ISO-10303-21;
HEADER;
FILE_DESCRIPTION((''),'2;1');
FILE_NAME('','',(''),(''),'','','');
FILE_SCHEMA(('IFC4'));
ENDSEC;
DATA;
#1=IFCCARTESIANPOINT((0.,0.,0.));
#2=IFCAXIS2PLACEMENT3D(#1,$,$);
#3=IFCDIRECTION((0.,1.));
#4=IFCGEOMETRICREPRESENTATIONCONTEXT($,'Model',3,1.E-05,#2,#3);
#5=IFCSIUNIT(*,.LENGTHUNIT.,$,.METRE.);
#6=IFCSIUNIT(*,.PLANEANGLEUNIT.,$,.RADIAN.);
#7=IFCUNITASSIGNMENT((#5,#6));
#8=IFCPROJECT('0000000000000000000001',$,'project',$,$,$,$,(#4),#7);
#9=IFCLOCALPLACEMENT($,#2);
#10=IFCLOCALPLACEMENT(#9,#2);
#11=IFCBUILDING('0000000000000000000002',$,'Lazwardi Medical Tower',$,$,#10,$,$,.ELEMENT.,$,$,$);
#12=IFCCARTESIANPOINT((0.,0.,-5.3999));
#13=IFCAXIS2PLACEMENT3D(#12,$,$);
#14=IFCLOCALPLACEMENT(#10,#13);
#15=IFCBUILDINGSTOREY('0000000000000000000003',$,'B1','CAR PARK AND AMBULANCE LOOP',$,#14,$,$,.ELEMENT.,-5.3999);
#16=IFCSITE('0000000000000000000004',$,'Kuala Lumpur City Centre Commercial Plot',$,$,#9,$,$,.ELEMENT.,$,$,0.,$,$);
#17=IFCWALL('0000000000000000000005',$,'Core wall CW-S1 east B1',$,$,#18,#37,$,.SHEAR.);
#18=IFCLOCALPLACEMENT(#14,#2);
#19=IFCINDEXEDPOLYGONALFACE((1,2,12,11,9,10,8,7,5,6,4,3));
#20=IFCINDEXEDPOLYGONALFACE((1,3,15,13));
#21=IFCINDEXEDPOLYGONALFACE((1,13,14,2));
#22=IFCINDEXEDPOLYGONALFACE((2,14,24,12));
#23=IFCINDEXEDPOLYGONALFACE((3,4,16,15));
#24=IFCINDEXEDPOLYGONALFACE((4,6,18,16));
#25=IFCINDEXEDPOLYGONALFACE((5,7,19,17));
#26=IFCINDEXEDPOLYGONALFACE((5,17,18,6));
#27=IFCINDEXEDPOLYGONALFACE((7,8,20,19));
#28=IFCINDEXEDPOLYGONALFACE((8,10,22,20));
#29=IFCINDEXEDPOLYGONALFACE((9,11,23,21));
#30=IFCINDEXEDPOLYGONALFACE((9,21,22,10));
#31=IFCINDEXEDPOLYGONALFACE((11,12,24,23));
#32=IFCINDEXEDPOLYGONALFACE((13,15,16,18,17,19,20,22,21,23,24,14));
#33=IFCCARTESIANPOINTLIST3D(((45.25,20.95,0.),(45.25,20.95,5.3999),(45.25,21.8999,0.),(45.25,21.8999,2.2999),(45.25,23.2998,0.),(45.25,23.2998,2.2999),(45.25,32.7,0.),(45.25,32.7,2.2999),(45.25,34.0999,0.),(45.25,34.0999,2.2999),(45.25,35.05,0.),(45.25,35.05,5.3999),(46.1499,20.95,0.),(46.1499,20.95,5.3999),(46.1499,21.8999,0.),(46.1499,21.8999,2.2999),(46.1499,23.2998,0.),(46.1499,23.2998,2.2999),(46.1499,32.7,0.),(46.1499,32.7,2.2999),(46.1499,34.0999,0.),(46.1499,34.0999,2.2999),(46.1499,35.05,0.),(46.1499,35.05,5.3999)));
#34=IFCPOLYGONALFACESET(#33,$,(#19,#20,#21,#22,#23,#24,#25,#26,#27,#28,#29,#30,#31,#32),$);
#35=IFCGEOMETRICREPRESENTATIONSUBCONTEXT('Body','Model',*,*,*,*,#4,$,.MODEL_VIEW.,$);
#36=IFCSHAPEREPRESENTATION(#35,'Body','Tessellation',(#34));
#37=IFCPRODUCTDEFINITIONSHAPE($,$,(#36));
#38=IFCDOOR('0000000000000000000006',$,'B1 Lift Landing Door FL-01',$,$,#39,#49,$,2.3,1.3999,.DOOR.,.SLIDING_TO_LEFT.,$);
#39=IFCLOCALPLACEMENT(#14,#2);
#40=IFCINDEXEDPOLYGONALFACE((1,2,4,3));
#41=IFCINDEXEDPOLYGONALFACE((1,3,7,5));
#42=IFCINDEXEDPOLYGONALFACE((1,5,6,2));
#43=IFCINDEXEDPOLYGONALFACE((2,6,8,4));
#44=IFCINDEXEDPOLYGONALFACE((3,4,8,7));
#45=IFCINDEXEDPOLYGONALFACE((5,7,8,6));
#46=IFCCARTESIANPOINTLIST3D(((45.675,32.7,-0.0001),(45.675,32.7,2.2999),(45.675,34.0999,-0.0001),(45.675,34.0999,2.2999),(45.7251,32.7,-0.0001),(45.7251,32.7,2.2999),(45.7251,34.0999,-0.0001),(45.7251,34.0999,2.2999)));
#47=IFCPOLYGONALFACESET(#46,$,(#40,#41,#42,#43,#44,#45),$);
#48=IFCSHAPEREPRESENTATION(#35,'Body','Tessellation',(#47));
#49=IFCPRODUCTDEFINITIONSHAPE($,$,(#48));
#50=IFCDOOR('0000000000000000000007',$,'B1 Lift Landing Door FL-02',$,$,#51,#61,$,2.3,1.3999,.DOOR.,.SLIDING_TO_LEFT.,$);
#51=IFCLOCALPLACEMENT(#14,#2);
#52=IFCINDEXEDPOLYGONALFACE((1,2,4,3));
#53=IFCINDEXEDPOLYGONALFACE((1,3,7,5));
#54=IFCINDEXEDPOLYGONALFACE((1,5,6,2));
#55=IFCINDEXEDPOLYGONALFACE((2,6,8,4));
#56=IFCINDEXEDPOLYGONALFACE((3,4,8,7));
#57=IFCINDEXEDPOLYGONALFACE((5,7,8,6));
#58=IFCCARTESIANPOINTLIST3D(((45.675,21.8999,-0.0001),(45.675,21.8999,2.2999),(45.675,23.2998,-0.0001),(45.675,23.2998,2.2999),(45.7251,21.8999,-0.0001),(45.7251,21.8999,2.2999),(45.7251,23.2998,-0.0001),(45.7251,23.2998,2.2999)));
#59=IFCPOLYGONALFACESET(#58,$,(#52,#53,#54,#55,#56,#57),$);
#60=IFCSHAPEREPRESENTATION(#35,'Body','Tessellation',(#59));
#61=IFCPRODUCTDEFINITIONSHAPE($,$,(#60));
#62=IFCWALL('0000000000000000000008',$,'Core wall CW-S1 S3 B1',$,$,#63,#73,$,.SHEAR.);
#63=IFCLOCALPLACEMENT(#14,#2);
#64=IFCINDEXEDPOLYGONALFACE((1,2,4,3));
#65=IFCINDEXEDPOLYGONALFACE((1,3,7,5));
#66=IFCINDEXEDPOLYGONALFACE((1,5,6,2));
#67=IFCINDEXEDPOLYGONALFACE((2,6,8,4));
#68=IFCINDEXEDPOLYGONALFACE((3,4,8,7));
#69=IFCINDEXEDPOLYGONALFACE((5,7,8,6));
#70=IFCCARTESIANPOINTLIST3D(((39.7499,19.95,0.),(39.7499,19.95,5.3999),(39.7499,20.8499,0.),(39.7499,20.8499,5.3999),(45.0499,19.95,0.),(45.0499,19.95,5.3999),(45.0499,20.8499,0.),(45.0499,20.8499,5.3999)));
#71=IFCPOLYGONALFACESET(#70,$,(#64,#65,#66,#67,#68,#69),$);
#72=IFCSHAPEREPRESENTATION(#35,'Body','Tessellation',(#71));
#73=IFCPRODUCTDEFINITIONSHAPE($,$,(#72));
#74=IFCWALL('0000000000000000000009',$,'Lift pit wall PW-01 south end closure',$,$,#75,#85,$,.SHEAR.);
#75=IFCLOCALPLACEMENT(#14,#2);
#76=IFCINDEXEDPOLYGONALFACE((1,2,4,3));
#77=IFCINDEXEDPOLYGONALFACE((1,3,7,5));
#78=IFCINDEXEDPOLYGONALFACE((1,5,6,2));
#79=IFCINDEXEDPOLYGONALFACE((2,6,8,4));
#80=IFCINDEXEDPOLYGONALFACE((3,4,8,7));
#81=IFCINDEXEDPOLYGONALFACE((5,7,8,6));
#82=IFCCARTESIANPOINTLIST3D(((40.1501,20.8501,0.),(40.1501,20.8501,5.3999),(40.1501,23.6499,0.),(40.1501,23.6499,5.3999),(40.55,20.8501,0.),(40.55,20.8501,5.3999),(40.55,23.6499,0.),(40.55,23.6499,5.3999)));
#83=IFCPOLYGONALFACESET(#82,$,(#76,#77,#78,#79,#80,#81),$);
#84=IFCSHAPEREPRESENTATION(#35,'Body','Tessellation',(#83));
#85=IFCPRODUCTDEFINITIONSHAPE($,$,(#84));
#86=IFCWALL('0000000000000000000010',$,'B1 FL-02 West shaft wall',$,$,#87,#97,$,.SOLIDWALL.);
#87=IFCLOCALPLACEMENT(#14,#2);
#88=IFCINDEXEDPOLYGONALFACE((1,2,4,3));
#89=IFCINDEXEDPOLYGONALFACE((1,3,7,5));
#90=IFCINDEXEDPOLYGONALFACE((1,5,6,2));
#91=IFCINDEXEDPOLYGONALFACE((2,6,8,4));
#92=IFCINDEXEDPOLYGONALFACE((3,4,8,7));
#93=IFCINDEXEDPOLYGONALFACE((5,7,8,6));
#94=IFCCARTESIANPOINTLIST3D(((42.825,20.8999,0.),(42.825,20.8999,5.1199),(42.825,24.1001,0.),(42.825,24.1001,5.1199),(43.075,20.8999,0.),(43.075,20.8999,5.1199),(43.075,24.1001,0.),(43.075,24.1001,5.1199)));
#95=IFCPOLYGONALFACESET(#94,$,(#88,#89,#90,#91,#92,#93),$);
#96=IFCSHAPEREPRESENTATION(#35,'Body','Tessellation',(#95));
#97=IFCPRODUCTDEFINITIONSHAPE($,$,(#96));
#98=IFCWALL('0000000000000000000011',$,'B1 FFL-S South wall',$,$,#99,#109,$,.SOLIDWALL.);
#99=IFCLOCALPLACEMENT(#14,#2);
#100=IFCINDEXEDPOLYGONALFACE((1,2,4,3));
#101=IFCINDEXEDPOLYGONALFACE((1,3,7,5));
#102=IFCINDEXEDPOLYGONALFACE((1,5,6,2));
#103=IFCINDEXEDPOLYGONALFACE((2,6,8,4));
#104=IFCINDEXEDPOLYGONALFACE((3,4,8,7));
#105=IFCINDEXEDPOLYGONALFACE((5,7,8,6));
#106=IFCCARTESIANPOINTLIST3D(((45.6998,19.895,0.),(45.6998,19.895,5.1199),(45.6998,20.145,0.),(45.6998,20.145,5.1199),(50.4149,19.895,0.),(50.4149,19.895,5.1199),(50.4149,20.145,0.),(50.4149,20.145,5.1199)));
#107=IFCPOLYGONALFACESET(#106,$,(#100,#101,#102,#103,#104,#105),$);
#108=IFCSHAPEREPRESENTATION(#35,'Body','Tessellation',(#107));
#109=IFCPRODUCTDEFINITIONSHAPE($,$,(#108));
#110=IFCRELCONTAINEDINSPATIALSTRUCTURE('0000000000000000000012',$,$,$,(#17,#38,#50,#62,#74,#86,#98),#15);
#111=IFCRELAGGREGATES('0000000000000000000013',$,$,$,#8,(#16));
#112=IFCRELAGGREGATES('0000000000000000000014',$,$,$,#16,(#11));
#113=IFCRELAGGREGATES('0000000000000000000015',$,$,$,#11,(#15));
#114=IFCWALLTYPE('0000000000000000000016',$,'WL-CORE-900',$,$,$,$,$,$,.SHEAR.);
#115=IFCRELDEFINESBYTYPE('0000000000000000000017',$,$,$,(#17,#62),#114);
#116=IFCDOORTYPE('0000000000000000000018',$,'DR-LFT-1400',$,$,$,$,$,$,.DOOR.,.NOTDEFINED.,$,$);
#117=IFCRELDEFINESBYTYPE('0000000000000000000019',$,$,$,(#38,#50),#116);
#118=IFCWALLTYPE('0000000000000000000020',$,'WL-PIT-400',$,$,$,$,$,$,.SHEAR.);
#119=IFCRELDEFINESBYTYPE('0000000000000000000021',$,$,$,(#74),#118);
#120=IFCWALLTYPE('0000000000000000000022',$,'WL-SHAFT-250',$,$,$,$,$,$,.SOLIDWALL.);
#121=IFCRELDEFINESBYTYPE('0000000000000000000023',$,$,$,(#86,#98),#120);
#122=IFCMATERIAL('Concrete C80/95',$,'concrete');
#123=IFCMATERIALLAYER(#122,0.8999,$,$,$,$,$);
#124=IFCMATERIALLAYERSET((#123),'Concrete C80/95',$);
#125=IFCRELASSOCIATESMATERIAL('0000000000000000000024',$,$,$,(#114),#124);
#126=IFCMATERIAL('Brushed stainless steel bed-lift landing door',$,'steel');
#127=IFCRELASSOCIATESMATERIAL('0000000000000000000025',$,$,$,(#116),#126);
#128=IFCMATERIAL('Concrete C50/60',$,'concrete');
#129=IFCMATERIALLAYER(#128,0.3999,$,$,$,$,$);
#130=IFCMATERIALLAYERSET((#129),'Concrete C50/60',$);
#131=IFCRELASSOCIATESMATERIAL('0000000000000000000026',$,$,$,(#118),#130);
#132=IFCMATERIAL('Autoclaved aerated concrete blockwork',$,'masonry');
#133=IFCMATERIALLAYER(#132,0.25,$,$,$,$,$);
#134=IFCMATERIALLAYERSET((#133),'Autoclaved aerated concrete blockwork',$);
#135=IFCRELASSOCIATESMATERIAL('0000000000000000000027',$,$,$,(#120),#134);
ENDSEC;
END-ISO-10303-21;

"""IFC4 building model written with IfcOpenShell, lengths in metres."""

from ifc_helpers import new_model, si_unit, direction, frame, frame_2d, origin, place, context, subcontext, project, spatial, rectangle, extrude, material, layer, layer_set, type_object, element, fill, save


model = new_model("IFC4")

# Units and contexts
model_context = context("Model", 3, precision=1e-05, world=origin(), true_north=direction((0.0, 1.0)))
body_context = subcontext(model_context, "Body", "Model", "MODEL_VIEW")
ifc_project = project(units=[si_unit("LENGTHUNIT", "METRE"), si_unit("PLANEANGLEUNIT", "RADIAN")], contexts=[model_context])

# Site, building, storey
site_placement = place(None, origin())
site = spatial("IfcSite", under=ifc_project, at=site_placement, Name="Kuala Lumpur City Centre Commercial Plot", CompositionType="ELEMENT", RefElevation=0.0)
building_placement = place(site_placement, origin())
building = spatial("IfcBuilding", under=site, at=building_placement, Name="Lazwardi Medical Tower", CompositionType="ELEMENT")
storey_placement = place(building_placement, frame((0.0, 0.0, -5.3999)))
storey = spatial("IfcBuildingStorey", under=building, at=storey_placement, Name="B1", Description="CAR PARK AND AMBULANCE LOOP", CompositionType="ELEMENT", Elevation=-5.3999)

# Shared definitions
ifc_material_1 = material(Name="Concrete C50/60", Category="concrete")

# Shared definitions
ifc_material_2 = material(Name="Concrete C80/95", Category="concrete")

# Wall, openings, doors
ifc_layer_1 = layer(ifc_material_2, 0.8999)
ifc_layer_set_1 = layer_set([ifc_layer_1], Name="Concrete C80/95")
wall_type_1 = type_object("IfcWallType", Name="WL-CORE-900", PredefinedType="SHEAR", material=ifc_layer_set_1)
wall_1_placement = place(storey_placement, frame((45.7, 20.95, 0.0), z_axis=(0.0, 0.0, 1.0), x_axis=(0.0, 1.0, 0.0)))
wall_1 = element("IfcWall", 1, at=wall_1_placement, inside=storey, type_object=wall_type_1, Name="Core wall CW-S1 east B1", PredefinedType="SHEAR", context=body_context, shape_type="SweptSolid", body=[
    extrude(rectangle(XDim=14.1001, YDim=0.8999, at=frame_2d((7.05, 0.0))), origin(), (0.0, 0.0, 1.0), 5.3999),
])
opening_1_placement = place(wall_1_placement, frame((11.75, 0.0, 0.0)))
opening_1 = element("IfcOpeningElement", 2, at=opening_1_placement, cuts=wall_1, PredefinedType="OPENING", context=body_context, shape_type="SweptSolid", body=[
    extrude(rectangle(XDim=1.3999, YDim=2.3, at=frame_2d((0.7, 1.1499))), frame((0.0, 0.46, 0.0), z_axis=(0.0, -1.0, 0.0), x_axis=(1.0, 0.0, 0.0)), (0.0, 0.0, 1.0), 0.9199),
])
opening_2_placement = place(wall_1_placement, frame((0.95, 0.0, 0.0)))
opening_2 = element("IfcOpeningElement", 3, at=opening_2_placement, cuts=wall_1, PredefinedType="OPENING", context=body_context, shape_type="SweptSolid", body=[
    extrude(rectangle(XDim=1.3999, YDim=2.3, at=frame_2d((0.7, 1.1499))), frame((0.0, 0.46, 0.0), z_axis=(0.0, -1.0, 0.0), x_axis=(1.0, 0.0, 0.0)), (0.0, 0.0, 1.0), 0.9199),
])
ifc_material_3 = material(Name="Brushed stainless steel bed-lift landing door", Category="steel")
door_type_1 = type_object("IfcDoorType", Name="DR-LFT-1400", OperationType="NOTDEFINED", PredefinedType="DOOR", material=ifc_material_3)
door_1_placement = place(opening_1_placement, origin())
door_1 = element("IfcDoor", 4, at=door_1_placement, inside=storey, type_object=door_type_1, Name="B1 Lift Landing Door FL-01", OperationType="SLIDING_TO_LEFT", OverallHeight=2.3, OverallWidth=1.3999, PredefinedType="DOOR", context=body_context, shape_type="SweptSolid", body=[
    extrude(rectangle(XDim=1.3999, YDim=2.3, at=frame_2d((0.7, 1.1499))), frame((0.0, 0.0249, 0.0), z_axis=(0.0, -1.0, 0.0), x_axis=(1.0, 0.0, 0.0)), (0.0, 0.0, 1.0), 0.05),
])
fill(opening_1, door_1)
door_2_placement = place(opening_2_placement, origin())
door_2 = element("IfcDoor", 5, at=door_2_placement, inside=storey, type_object=door_type_1, Name="B1 Lift Landing Door FL-02", OperationType="SLIDING_TO_LEFT", OverallHeight=2.3, OverallWidth=1.3999, PredefinedType="DOOR", context=body_context, shape_type="SweptSolid", body=[
    extrude(rectangle(XDim=1.3999, YDim=2.3, at=frame_2d((0.7, 1.1499))), frame((0.0, 0.0249, 0.0), z_axis=(0.0, -1.0, 0.0), x_axis=(1.0, 0.0, 0.0)), (0.0, 0.0, 1.0), 0.05),
])
fill(opening_2, door_2)

# Walls
wall_2_placement = place(storey_placement, frame((39.75, 20.3999, 0.0), z_axis=(0.0, 0.0, 1.0), x_axis=(1.0, 0.0, 0.0)))
element("IfcWall", 6, at=wall_2_placement, inside=storey, type_object=wall_type_1, Name="Core wall CW-S1 S3 B1", PredefinedType="SHEAR", context=body_context, shape_type="SweptSolid", body=[
    extrude(rectangle(XDim=5.3, YDim=0.8999, at=frame_2d((2.6499, 0.0))), origin(), (0.0, 0.0, 1.0), 5.3999),
])
ifc_layer_2 = layer(ifc_material_1, 0.3999)
ifc_layer_set_2 = layer_set([ifc_layer_2], Name="Concrete C50/60")
wall_type_2 = type_object("IfcWallType", Name="WL-PIT-400", PredefinedType="SHEAR", material=ifc_layer_set_2)
wall_3_placement = place(storey_placement, frame((40.3501, 20.8501, 0.0), z_axis=(0.0, 0.0, 1.0), x_axis=(0.0, 1.0, 0.0)))
element("IfcWall", 7, at=wall_3_placement, inside=storey, type_object=wall_type_2, Name="Lift pit wall PW-01 south end closure", PredefinedType="SHEAR", context=body_context, shape_type="SweptSolid", body=[
    extrude(rectangle(XDim=2.7998, YDim=0.3999, at=frame_2d((1.3999, 0.0))), origin(), (0.0, 0.0, 1.0), 5.3999),
])
ifc_material_4 = material(Name="Autoclaved aerated concrete blockwork", Category="masonry")
ifc_layer_3 = layer(ifc_material_4, 0.25)
ifc_layer_set_3 = layer_set([ifc_layer_3], Name="Autoclaved aerated concrete blockwork")
wall_type_3 = type_object("IfcWallType", Name="WL-SHAFT-250", PredefinedType="SOLIDWALL", material=ifc_layer_set_3)
wall_4_placement = place(storey_placement, frame((42.95, 20.8999, 0.0), z_axis=(0.0, 0.0, 1.0), x_axis=(0.0, 1.0, 0.0)))
element("IfcWall", 8, at=wall_4_placement, inside=storey, type_object=wall_type_3, Name="B1 FL-02 West shaft wall", PredefinedType="SOLIDWALL", context=body_context, shape_type="SweptSolid", body=[
    extrude(rectangle(XDim=3.2002, YDim=0.25, at=frame_2d((1.6001, 0.0))), origin(), (0.0, 0.0, 1.0), 5.1199),
])
wall_5_placement = place(storey_placement, frame((45.7, 20.02, 0.0), z_axis=(0.0, 0.0, 1.0), x_axis=(1.0, 0.0, 0.0)))
element("IfcWall", 9, at=wall_5_placement, inside=storey, type_object=wall_type_3, Name="B1 FFL-S South wall", PredefinedType="SOLIDWALL", context=body_context, shape_type="SweptSolid", body=[
    extrude(rectangle(XDim=4.7151, YDim=0.25, at=frame_2d((2.3574, 0.0))), origin(), (0.0, 0.0, 1.0), 5.1199),
])

save(model, "model.ifc")
